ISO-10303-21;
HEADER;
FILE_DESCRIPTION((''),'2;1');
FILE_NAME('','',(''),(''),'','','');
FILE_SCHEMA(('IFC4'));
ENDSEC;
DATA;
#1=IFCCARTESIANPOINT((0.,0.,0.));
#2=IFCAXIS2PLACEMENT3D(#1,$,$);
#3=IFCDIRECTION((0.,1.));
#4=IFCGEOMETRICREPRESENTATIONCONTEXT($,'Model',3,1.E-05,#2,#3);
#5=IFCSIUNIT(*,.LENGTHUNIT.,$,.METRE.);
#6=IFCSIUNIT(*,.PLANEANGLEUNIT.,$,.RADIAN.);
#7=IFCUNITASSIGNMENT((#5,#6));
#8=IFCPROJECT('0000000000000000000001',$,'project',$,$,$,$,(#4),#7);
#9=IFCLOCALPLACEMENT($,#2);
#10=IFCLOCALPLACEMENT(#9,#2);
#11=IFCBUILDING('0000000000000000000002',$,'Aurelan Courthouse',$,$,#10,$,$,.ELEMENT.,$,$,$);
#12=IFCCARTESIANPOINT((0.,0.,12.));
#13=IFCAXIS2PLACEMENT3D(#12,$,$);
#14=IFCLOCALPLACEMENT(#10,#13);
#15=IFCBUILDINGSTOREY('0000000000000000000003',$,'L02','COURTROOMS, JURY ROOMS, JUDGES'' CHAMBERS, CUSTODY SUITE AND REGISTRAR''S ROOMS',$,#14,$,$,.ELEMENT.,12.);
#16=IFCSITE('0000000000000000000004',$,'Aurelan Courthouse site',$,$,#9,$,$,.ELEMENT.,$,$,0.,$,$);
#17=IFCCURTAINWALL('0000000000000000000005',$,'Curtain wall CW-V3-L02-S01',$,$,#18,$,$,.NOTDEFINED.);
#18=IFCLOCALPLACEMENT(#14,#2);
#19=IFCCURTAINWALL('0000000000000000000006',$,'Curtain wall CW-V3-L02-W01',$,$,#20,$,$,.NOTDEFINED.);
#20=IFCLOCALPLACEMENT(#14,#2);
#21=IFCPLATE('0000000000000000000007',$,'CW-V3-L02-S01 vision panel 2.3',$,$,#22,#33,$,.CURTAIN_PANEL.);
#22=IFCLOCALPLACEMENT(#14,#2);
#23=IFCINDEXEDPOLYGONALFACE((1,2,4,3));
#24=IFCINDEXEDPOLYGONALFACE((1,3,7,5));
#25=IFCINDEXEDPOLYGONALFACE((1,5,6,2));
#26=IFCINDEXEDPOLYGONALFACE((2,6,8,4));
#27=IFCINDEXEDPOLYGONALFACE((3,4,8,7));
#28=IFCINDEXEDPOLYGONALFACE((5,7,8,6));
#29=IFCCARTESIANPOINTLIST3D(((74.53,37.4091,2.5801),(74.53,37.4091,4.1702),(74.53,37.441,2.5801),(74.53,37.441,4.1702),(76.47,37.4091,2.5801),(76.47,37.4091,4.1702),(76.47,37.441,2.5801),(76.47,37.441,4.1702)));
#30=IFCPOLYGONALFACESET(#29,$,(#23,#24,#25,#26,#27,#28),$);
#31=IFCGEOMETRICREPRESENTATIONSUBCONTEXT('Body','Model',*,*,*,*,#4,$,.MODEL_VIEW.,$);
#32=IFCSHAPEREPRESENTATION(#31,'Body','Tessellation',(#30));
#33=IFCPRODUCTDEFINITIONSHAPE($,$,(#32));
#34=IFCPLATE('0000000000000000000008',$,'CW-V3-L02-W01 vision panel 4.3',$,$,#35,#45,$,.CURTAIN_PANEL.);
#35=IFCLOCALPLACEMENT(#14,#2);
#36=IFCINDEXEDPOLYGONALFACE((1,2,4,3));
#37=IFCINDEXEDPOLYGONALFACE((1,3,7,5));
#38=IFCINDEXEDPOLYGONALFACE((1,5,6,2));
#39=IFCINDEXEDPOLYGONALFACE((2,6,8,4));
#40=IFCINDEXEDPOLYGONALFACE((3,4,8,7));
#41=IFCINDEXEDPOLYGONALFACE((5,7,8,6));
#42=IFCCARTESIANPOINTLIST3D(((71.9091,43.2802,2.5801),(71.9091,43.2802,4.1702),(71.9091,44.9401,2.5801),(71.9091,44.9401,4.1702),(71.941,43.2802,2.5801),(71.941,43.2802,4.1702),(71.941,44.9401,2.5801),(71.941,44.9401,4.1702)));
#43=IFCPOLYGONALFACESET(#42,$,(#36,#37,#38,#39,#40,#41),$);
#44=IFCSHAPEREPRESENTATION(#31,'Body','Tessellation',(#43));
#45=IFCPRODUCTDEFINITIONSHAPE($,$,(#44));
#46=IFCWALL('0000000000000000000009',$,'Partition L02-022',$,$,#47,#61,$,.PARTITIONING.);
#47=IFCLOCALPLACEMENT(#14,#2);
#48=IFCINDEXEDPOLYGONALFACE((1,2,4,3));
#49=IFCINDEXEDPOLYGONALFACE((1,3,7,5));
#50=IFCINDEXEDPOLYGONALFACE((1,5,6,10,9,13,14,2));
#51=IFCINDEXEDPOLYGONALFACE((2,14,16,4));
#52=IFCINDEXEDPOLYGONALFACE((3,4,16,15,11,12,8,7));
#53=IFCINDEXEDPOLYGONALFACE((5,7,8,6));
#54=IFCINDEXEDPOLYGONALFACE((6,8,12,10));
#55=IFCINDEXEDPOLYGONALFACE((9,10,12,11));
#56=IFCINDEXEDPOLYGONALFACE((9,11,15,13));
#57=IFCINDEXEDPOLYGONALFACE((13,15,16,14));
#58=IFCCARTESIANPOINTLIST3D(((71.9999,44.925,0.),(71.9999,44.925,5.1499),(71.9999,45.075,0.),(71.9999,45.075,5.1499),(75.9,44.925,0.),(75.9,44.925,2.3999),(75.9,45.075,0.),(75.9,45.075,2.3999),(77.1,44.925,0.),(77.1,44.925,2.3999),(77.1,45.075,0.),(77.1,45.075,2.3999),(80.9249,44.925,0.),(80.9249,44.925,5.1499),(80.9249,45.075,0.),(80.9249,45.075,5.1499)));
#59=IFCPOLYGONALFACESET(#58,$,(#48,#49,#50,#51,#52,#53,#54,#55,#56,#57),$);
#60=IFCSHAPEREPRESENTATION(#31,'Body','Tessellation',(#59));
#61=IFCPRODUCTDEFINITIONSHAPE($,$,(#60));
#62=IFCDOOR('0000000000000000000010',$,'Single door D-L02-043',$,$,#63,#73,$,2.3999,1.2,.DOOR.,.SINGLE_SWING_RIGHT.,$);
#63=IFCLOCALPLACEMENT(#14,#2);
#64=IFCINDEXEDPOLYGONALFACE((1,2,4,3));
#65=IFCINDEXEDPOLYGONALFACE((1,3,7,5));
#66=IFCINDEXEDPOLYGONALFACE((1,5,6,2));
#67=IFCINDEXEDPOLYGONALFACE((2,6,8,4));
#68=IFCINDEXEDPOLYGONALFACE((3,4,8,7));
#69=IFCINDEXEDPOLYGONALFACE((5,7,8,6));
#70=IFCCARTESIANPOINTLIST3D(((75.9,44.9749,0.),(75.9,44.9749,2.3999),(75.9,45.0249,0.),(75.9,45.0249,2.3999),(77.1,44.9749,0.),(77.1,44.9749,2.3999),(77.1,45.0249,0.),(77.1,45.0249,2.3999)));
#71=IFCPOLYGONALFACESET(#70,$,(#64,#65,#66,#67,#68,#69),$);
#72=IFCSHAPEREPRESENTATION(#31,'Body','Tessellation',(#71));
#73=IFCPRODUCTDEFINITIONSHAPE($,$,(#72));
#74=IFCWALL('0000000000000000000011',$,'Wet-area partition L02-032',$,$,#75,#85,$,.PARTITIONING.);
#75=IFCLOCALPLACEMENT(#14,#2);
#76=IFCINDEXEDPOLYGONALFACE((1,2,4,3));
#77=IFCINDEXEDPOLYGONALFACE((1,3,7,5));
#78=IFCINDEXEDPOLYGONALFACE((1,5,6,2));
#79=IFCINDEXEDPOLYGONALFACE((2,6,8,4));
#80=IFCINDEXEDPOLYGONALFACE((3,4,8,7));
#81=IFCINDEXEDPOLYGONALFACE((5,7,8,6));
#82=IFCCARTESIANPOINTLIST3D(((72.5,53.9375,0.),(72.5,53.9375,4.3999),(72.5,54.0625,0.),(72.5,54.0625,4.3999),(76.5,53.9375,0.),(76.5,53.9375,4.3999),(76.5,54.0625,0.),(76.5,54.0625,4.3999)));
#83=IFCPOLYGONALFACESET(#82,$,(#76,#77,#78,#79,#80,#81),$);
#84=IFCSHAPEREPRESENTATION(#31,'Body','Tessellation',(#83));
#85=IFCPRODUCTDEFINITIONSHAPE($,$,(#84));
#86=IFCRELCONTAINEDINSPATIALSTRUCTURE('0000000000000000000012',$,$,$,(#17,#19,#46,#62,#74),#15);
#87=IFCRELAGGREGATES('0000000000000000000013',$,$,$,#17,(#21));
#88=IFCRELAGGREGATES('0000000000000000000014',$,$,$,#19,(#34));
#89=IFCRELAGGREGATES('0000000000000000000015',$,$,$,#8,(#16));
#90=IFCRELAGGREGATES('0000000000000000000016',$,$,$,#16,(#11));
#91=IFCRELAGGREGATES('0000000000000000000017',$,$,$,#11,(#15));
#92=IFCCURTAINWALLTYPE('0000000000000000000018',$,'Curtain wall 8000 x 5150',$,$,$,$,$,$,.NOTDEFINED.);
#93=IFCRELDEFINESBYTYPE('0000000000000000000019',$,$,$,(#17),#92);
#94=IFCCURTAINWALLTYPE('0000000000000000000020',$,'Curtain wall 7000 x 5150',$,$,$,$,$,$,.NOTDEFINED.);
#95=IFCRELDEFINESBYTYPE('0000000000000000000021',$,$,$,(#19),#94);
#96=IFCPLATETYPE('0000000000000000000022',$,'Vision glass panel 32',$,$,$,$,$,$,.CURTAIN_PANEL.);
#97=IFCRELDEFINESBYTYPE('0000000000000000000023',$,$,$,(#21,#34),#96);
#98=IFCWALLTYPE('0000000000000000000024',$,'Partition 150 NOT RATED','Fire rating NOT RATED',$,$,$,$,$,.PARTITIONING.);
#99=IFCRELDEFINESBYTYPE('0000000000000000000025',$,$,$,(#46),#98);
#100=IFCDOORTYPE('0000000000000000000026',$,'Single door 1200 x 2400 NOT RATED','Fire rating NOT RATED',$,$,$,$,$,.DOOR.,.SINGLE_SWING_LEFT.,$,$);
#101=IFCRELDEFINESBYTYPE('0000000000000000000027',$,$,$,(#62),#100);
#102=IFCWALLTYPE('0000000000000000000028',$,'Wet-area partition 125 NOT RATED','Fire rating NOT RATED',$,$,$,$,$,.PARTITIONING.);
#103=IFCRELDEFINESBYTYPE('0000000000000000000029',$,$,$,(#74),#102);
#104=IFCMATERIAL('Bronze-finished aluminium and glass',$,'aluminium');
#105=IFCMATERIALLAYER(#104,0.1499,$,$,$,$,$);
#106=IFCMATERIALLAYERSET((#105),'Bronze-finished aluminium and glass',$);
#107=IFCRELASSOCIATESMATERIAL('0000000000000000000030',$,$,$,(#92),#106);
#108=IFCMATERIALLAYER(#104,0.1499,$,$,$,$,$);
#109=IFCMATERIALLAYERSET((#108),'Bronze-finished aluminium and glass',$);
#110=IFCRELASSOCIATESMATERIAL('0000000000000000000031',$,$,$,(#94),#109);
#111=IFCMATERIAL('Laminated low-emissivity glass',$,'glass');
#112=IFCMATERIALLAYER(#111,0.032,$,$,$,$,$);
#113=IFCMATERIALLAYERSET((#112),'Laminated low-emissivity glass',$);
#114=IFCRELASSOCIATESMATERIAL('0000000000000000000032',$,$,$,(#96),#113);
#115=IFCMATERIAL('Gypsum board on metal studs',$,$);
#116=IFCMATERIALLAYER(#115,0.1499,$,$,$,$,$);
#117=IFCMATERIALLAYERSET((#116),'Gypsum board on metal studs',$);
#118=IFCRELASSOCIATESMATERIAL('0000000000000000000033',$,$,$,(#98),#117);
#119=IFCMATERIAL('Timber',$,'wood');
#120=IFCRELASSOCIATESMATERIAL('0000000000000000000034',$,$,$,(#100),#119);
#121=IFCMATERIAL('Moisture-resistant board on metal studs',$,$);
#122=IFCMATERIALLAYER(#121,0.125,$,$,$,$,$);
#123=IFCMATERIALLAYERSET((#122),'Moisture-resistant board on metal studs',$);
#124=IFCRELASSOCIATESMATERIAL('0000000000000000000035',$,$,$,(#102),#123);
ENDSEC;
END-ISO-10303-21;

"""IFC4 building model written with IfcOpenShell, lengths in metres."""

from ifc_helpers import new_model, si_unit, direction, frame, frame_2d, origin, origin_2d, place, context, subcontext, project, spatial, rectangle, extrude, material, layer, layer_set, type_object, element, fill, aggregate, save


model = new_model("IFC4")

# Units and contexts
model_context = context("Model", 3, precision=1e-05, world=origin(), true_north=direction((0.0, 1.0)))
body_context = subcontext(model_context, "Body", "Model", "MODEL_VIEW")
ifc_project = project(units=[si_unit("LENGTHUNIT", "METRE"), si_unit("PLANEANGLEUNIT", "RADIAN")], contexts=[model_context])

# Site, building, storey
site_placement = place(None, origin())
site = spatial("IfcSite", under=ifc_project, at=site_placement, Name="Aurelan Courthouse site", CompositionType="ELEMENT", RefElevation=0.0)
building_placement = place(site_placement, origin())
building = spatial("IfcBuilding", under=site, at=building_placement, Name="Aurelan Courthouse", CompositionType="ELEMENT")
storey_placement = place(building_placement, frame((0.0, 0.0, 12.0)))
storey = spatial("IfcBuildingStorey", under=building, at=storey_placement, Name="L02", Description="COURTROOMS, JURY ROOMS, JUDGES' CHAMBERS, CUSTODY SUITE AND REGISTRAR'S ROOMS", CompositionType="ELEMENT", Elevation=12.0)

# Curtain wall
ifc_material_1 = material(Name="Bronze-finished aluminium and glass", Category="aluminium")
ifc_layer_1 = layer(ifc_material_1, 0.1499)
ifc_layer_set_1 = layer_set([ifc_layer_1], Name="Bronze-finished aluminium and glass")
curtain_wall_type_1 = type_object("IfcCurtainWallType", Name="Curtain wall 8000 x 5150", PredefinedType="NOTDEFINED", material=ifc_layer_set_1)
curtain_wall_1_placement = place(storey_placement, origin())
curtain_wall_1 = element("IfcCurtainWall", 1, at=curtain_wall_1_placement, inside=storey, type_object=curtain_wall_type_1, Name="Curtain wall CW-V3-L02-S01", PredefinedType="NOTDEFINED")

# Curtain wall
ifc_layer_2 = layer(ifc_material_1, 0.1499)
ifc_layer_set_2 = layer_set([ifc_layer_2], Name="Bronze-finished aluminium and glass")
curtain_wall_type_2 = type_object("IfcCurtainWallType", Name="Curtain wall 7000 x 5150", PredefinedType="NOTDEFINED", material=ifc_layer_set_2)
curtain_wall_2_placement = place(storey_placement, origin())
curtain_wall_2 = element("IfcCurtainWall", 2, at=curtain_wall_2_placement, inside=storey, type_object=curtain_wall_type_2, Name="Curtain wall CW-V3-L02-W01", PredefinedType="NOTDEFINED")

# Plates
ifc_material_2 = material(Name="Laminated low-emissivity glass", Category="glass")
ifc_layer_3 = layer(ifc_material_2, 0.032)
ifc_layer_set_3 = layer_set([ifc_layer_3], Name="Laminated low-emissivity glass")
plate_type_1 = type_object("IfcPlateType", Name="Vision glass panel 32", PredefinedType="CURTAIN_PANEL", material=ifc_layer_set_3)
plate_1_placement = place(storey_placement, frame((75.5, 37.425, 2.5801), z_axis=(0.0, 0.0, 1.0), x_axis=(1.0, 0.0, 0.0)))
plate_1 = element("IfcPlate", 3, at=plate_1_placement, type_object=plate_type_1, Name="CW-V3-L02-S01 vision panel 2.3", PredefinedType="CURTAIN_PANEL", context=body_context, shape_type="SweptSolid", body=[
    extrude(rectangle(XDim=1.9399, YDim=0.032, at=origin_2d()), origin(), (0.0, 0.0, 1.0), 1.5901),
])
aggregate(curtain_wall_1, [plate_1])
plate_2_placement = place(storey_placement, frame((71.925, 44.1101, 2.5801), z_axis=(0.0, 0.0, 1.0), x_axis=(0.0, 1.0, 0.0)))
plate_2 = element("IfcPlate", 4, at=plate_2_placement, type_object=plate_type_1, Name="CW-V3-L02-W01 vision panel 4.3", PredefinedType="CURTAIN_PANEL", context=body_context, shape_type="SweptSolid", body=[
    extrude(rectangle(XDim=1.6599, YDim=0.032, at=origin_2d()), origin(), (0.0, 0.0, 1.0), 1.5901),
])
aggregate(curtain_wall_2, [plate_2])

# Wall, opening, door
ifc_material_3 = material(Name="Gypsum board on metal studs")
ifc_layer_4 = layer(ifc_material_3, 0.1499)
ifc_layer_set_4 = layer_set([ifc_layer_4], Name="Gypsum board on metal studs")
wall_type_1 = type_object("IfcWallType", Name="Partition 150 NOT RATED", Description="Fire rating NOT RATED", PredefinedType="PARTITIONING", material=ifc_layer_set_4)
wall_1_placement = place(storey_placement, frame((72.0, 45.0, 0.0), z_axis=(0.0, 0.0, 1.0), x_axis=(1.0, 0.0, 0.0)))
wall_1 = element("IfcWall", 5, at=wall_1_placement, inside=storey, type_object=wall_type_1, Name="Partition L02-022", PredefinedType="PARTITIONING", context=body_context, shape_type="SweptSolid", body=[
    extrude(rectangle(XDim=8.925, YDim=0.1499, at=frame_2d((4.4624, 0.0))), origin(), (0.0, 0.0, 1.0), 5.1499),
])
opening_1_placement = place(wall_1_placement, frame((3.8999, 0.0, 0.0)))
opening_1 = element("IfcOpeningElement", 6, at=opening_1_placement, cuts=wall_1, PredefinedType="OPENING", context=body_context, shape_type="SweptSolid", body=[
    extrude(rectangle(XDim=1.2, YDim=2.3999, at=frame_2d((0.6001, 1.2))), frame((0.0, 0.085, 0.0), z_axis=(0.0, -1.0, 0.0), x_axis=(1.0, 0.0, 0.0)), (0.0, 0.0, 1.0), 0.1699),
])
ifc_material_4 = material(Name="Timber", Category="wood")
door_type_1 = type_object("IfcDoorType", Name="Single door 1200 x 2400 NOT RATED", Description="Fire rating NOT RATED", OperationType="SINGLE_SWING_LEFT", PredefinedType="DOOR", material=ifc_material_4)
door_1_placement = place(opening_1_placement, origin())
door_1 = element("IfcDoor", 7, at=door_1_placement, inside=storey, type_object=door_type_1, Name="Single door D-L02-043", OperationType="SINGLE_SWING_RIGHT", OverallHeight=2.3999, OverallWidth=1.2, PredefinedType="DOOR", context=body_context, shape_type="SweptSolid", body=[
    extrude(rectangle(XDim=1.2, YDim=2.3999, at=frame_2d((0.6001, 1.2))), frame((0.0, 0.0249, 0.0), z_axis=(0.0, -1.0, 0.0), x_axis=(1.0, 0.0, 0.0)), (0.0, 0.0, 1.0), 0.05),
])
fill(opening_1, door_1)

# Wall
ifc_material_5 = material(Name="Moisture-resistant board on metal studs")
ifc_layer_5 = layer(ifc_material_5, 0.125)
ifc_layer_set_5 = layer_set([ifc_layer_5], Name="Moisture-resistant board on metal studs")
wall_type_2 = type_object("IfcWallType", Name="Wet-area partition 125 NOT RATED", Description="Fire rating NOT RATED", PredefinedType="PARTITIONING", material=ifc_layer_set_5)
wall_2_placement = place(storey_placement, frame((72.5, 54.0, 0.0), z_axis=(0.0, 0.0, 1.0), x_axis=(1.0, 0.0, 0.0)))
element("IfcWall", 8, at=wall_2_placement, inside=storey, type_object=wall_type_2, Name="Wet-area partition L02-032", PredefinedType="PARTITIONING", context=body_context, shape_type="SweptSolid", body=[
    extrude(rectangle(XDim=4.0, YDim=0.125, at=frame_2d((2.0, 0.0))), origin(), (0.0, 0.0, 1.0), 4.3999),
])

save(model, "model.ifc")
